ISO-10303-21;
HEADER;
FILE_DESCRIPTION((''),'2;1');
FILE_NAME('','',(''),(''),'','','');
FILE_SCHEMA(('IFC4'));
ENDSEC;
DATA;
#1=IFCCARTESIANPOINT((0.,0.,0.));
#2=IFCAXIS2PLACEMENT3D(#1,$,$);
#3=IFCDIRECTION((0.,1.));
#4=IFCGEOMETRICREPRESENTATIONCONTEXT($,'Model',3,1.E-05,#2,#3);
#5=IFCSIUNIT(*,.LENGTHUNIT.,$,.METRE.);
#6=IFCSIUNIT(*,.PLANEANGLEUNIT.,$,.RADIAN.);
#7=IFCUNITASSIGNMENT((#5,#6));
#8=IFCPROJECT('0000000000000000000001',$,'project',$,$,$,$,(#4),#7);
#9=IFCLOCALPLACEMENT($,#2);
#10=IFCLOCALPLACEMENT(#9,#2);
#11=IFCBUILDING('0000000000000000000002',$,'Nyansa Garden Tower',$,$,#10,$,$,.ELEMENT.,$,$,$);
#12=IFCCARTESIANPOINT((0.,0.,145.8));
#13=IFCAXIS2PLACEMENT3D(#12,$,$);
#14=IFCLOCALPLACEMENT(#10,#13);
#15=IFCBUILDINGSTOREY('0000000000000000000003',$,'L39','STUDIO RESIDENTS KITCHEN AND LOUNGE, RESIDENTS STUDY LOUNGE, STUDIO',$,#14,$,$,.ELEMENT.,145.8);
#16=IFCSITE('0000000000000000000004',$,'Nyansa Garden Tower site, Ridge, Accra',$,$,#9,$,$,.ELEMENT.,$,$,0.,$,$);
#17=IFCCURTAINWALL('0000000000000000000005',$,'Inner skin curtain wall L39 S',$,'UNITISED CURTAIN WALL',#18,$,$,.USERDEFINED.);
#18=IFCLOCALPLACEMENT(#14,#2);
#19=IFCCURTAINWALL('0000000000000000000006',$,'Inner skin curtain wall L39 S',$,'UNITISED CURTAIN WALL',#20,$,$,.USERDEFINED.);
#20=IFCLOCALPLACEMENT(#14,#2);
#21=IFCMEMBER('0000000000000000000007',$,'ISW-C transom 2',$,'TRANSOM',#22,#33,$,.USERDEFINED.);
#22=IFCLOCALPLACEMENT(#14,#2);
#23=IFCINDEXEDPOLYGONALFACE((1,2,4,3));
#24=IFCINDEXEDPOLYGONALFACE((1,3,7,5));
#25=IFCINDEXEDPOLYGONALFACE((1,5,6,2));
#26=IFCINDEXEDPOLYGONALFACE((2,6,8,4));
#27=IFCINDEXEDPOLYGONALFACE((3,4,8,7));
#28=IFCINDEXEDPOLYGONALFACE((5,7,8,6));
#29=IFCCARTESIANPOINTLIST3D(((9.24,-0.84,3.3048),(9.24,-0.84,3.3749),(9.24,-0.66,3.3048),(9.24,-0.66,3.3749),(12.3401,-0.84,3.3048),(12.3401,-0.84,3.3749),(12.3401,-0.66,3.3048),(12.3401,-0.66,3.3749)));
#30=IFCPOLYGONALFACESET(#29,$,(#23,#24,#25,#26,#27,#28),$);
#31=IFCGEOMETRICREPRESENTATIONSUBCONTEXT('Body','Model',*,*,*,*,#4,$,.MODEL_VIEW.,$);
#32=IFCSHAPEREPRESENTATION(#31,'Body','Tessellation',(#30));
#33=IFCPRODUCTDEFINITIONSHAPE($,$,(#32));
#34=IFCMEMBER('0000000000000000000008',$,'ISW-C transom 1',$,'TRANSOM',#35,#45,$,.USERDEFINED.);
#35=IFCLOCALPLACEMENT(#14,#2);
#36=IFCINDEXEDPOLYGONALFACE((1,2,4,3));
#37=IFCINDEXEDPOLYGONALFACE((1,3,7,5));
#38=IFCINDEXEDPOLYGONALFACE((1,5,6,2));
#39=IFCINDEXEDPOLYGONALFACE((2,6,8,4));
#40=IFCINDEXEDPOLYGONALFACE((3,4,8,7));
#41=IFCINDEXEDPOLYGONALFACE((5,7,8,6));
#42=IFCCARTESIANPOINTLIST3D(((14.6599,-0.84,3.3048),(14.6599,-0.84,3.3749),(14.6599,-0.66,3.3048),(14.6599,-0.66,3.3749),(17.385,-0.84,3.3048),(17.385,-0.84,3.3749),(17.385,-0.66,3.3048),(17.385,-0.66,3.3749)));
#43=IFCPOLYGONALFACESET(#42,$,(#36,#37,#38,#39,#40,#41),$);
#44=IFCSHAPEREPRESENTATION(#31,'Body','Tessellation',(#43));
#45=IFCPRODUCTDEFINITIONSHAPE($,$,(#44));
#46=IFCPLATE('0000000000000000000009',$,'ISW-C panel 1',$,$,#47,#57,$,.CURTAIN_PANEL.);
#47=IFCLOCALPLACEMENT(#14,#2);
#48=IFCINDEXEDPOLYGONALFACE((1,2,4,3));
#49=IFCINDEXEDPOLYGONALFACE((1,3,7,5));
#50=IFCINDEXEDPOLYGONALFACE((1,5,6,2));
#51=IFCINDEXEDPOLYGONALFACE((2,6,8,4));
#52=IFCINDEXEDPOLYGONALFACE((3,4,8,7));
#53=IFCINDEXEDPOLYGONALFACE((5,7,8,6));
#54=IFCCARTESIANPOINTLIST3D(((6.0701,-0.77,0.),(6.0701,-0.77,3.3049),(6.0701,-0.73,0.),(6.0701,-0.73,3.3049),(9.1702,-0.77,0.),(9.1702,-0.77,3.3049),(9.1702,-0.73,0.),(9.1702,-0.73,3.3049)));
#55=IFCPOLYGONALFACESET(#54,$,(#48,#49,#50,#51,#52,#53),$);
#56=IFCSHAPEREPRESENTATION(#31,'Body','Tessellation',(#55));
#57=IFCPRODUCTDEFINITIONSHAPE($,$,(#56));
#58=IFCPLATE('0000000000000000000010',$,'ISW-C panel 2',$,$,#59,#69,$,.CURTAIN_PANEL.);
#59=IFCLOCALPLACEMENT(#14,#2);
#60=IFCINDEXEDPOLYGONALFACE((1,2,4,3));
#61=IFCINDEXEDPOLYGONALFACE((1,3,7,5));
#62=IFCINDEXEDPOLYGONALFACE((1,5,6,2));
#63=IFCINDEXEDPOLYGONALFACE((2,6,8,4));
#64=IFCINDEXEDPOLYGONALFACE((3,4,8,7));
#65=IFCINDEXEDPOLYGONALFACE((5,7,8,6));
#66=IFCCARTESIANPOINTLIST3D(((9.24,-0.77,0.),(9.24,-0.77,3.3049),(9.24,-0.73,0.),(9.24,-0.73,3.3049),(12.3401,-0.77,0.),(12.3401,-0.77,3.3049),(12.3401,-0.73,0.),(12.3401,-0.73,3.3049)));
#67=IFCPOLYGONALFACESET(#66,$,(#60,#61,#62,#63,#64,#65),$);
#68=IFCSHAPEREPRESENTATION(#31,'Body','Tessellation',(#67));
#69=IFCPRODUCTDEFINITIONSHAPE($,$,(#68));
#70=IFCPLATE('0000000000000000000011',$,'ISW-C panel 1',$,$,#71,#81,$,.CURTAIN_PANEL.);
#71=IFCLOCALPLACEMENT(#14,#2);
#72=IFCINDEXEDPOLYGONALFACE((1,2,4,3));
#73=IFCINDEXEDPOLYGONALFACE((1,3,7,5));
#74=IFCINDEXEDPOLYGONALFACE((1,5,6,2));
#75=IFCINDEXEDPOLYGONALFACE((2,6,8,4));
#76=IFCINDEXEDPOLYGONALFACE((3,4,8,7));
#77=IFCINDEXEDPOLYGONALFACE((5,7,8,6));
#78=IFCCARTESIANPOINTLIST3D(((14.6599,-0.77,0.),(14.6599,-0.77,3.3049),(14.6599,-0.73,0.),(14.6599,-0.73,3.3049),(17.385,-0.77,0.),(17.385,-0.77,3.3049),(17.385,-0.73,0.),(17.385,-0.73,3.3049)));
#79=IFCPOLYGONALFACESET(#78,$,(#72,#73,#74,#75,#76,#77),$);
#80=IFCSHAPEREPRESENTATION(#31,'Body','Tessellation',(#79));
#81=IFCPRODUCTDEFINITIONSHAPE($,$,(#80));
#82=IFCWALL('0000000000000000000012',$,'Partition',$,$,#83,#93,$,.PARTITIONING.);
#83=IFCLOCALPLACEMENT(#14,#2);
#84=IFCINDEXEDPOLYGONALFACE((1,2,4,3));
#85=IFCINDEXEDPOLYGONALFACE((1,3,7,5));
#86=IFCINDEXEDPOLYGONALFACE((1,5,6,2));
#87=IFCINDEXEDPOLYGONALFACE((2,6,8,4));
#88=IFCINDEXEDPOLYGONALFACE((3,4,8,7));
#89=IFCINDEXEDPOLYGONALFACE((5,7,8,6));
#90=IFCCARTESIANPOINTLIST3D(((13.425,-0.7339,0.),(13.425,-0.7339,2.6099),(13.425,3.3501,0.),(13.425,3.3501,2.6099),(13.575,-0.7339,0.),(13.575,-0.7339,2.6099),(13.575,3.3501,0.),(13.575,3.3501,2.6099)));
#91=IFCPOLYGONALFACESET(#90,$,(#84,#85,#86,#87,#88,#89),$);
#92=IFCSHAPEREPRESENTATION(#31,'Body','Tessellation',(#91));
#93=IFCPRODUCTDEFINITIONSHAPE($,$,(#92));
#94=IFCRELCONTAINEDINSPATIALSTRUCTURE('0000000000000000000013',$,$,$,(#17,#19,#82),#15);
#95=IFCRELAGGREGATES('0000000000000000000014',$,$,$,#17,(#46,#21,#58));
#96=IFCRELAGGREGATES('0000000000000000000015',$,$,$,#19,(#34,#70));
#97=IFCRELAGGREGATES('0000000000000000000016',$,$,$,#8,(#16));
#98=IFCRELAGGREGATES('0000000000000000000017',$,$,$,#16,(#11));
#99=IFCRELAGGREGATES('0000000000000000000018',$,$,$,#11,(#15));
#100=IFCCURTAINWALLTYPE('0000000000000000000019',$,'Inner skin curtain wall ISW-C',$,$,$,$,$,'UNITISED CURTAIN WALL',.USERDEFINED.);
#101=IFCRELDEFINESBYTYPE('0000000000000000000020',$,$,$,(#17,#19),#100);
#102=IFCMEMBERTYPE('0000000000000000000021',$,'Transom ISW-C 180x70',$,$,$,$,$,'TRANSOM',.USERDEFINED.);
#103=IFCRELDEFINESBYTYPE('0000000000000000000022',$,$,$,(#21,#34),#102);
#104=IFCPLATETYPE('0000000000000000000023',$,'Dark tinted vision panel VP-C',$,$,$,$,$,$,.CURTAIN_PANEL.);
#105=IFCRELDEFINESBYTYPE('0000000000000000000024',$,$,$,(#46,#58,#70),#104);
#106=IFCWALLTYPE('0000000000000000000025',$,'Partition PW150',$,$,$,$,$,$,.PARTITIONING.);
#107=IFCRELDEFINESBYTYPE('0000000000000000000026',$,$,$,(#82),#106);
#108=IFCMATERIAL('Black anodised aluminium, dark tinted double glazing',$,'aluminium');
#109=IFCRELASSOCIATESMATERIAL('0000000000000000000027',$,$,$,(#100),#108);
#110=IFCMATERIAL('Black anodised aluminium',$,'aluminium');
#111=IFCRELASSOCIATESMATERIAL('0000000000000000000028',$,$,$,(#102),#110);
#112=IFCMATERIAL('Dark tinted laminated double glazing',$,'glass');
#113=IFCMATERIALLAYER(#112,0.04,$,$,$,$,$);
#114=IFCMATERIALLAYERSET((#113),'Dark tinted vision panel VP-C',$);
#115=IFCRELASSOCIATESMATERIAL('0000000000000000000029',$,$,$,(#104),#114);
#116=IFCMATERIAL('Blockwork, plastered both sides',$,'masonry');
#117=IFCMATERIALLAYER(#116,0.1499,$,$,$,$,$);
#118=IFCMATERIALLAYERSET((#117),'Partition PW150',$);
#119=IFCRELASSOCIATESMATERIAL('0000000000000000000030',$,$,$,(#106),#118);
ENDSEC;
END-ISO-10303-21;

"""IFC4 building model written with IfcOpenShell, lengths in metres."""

from ifc_helpers import new_model, si_unit, direction, frame, frame_2d, origin, origin_2d, place, context, subcontext, project, spatial, rectangle, extrude, material, layer, layer_set, material_profile, profile_set, type_object, element, aggregate, save


model = new_model("IFC4")

# Units and contexts
model_context = context("Model", 3, precision=1e-05, world=origin(), true_north=direction((0.0, 1.0)))
body_context = subcontext(model_context, "Body", "Model", "MODEL_VIEW")
ifc_project = project(units=[si_unit("LENGTHUNIT", "METRE"), si_unit("PLANEANGLEUNIT", "RADIAN")], contexts=[model_context])

# Site, building, storey
site_placement = place(None, origin())
site = spatial("IfcSite", under=ifc_project, at=site_placement, Name="Nyansa Garden Tower site, Ridge, Accra", CompositionType="ELEMENT", RefElevation=0.0)
building_placement = place(site_placement, origin())
building = spatial("IfcBuilding", under=site, at=building_placement, Name="Nyansa Garden Tower", CompositionType="ELEMENT")
storey_placement = place(building_placement, frame((0.0, 0.0, 145.8)))
storey = spatial("IfcBuildingStorey", under=building, at=storey_placement, Name="L39", Description="STUDIO RESIDENTS KITCHEN AND LOUNGE, RESIDENTS STUDY LOUNGE, STUDIO", CompositionType="ELEMENT", Elevation=145.8)

# Curtain wall
ifc_material_1 = material(Name="Black anodised aluminium, dark tinted double glazing", Category="aluminium")
curtain_wall_type = type_object("IfcCurtainWallType", Name="Inner skin curtain wall ISW-C", ElementType="UNITISED CURTAIN WALL", PredefinedType="USERDEFINED", material=ifc_material_1)
curtain_wall_1_placement = place(storey_placement, origin())
curtain_wall_1 = element("IfcCurtainWall", 1, at=curtain_wall_1_placement, inside=storey, type_object=curtain_wall_type, Name="Inner skin curtain wall L39 S", ObjectType="UNITISED CURTAIN WALL", PredefinedType="USERDEFINED")

# Curtain wall
curtain_wall_2_placement = place(storey_placement, origin())
curtain_wall_2 = element("IfcCurtainWall", 2, at=curtain_wall_2_placement, inside=storey, type_object=curtain_wall_type, Name="Inner skin curtain wall L39 S", ObjectType="UNITISED CURTAIN WALL", PredefinedType="USERDEFINED")

# Members
ifc_material_2 = material(Name="Black anodised aluminium", Category="aluminium")
ifc_material_profile_1 = material_profile(ifc_material_2, rectangle(XDim=0.1799, YDim=0.0701, at=origin_2d()), Name="Transom 180x70")
ifc_profile_set_1 = profile_set([ifc_material_profile_1], Name="Black anodised aluminium")
member_type_1 = type_object("IfcMemberType", Name="Transom ISW-C 180x70", ElementType="TRANSOM", PredefinedType="USERDEFINED", material=ifc_profile_set_1)
member_1_placement = place(storey_placement, frame((9.24, -0.75, 3.3398), z_axis=(1.0, 0.0, 0.0), x_axis=(0.0, 1.0, 0.0)))
member_1 = element("IfcMember", 3, at=member_1_placement, type_object=member_type_1, Name="ISW-C transom 2", ObjectType="TRANSOM", PredefinedType="USERDEFINED", context=body_context, shape_type="SweptSolid", body=[
    extrude(rectangle(XDim=0.1799, YDim=0.0701, at=origin_2d()), origin(), (0.0, 0.0, 1.0), 3.1001),
])
member_2_placement = place(storey_placement, frame((14.6599, -0.75, 3.3398), z_axis=(1.0, 0.0, 0.0), x_axis=(0.0, 1.0, 0.0)))
member_2 = element("IfcMember", 4, at=member_2_placement, type_object=member_type_1, Name="ISW-C transom 1", ObjectType="TRANSOM", PredefinedType="USERDEFINED", context=body_context, shape_type="SweptSolid", body=[
    extrude(rectangle(XDim=0.1799, YDim=0.0701, at=origin_2d()), origin(), (0.0, 0.0, 1.0), 2.7251),
])

# Plates
ifc_material_3 = material(Name="Dark tinted laminated double glazing", Category="glass")
ifc_layer_1 = layer(ifc_material_3, 0.04)
ifc_layer_set_1 = layer_set([ifc_layer_1], Name="Dark tinted vision panel VP-C")
plate_type = type_object("IfcPlateType", Name="Dark tinted vision panel VP-C", PredefinedType="CURTAIN_PANEL", material=ifc_layer_set_1)
plate_1_placement = place(storey_placement, frame((7.6201, -0.75, 0.0), z_axis=(0.0, 0.0, 1.0), x_axis=(1.0, 0.0, 0.0)))
plate_1 = element("IfcPlate", 5, at=plate_1_placement, type_object=plate_type, Name="ISW-C panel 1", PredefinedType="CURTAIN_PANEL", context=body_context, shape_type="SweptSolid", body=[
    extrude(rectangle(XDim=3.1001, YDim=0.04, at=origin_2d()), origin(), (0.0, 0.0, 1.0), 3.3049),
])
plate_2_placement = place(storey_placement, frame((10.79, -0.75, 0.0), z_axis=(0.0, 0.0, 1.0), x_axis=(1.0, 0.0, 0.0)))
plate_2 = element("IfcPlate", 6, at=plate_2_placement, type_object=plate_type, Name="ISW-C panel 2", PredefinedType="CURTAIN_PANEL", context=body_context, shape_type="SweptSolid", body=[
    extrude(rectangle(XDim=3.1001, YDim=0.04, at=origin_2d()), origin(), (0.0, 0.0, 1.0), 3.3049),
])
aggregate(curtain_wall_1, [plate_1, member_1, plate_2])
plate_3_placement = place(storey_placement, frame((16.0225, -0.75, 0.0), z_axis=(0.0, 0.0, 1.0), x_axis=(1.0, 0.0, 0.0)))
plate_3 = element("IfcPlate", 7, at=plate_3_placement, type_object=plate_type, Name="ISW-C panel 1", PredefinedType="CURTAIN_PANEL", context=body_context, shape_type="SweptSolid", body=[
    extrude(rectangle(XDim=2.7251, YDim=0.04, at=origin_2d()), origin(), (0.0, 0.0, 1.0), 3.3049),
])
aggregate(curtain_wall_2, [member_2, plate_3])

# Wall
ifc_material_4 = material(Name="Blockwork, plastered both sides", Category="masonry")
ifc_layer_2 = layer(ifc_material_4, 0.1499)
ifc_layer_set_2 = layer_set([ifc_layer_2], Name="Partition PW150")
wall_type = type_object("IfcWallType", Name="Partition PW150", PredefinedType="PARTITIONING", material=ifc_layer_set_2)
wall_placement = place(storey_placement, frame((13.5, -0.7339, 0.0), z_axis=(0.0, 0.0, 1.0), x_axis=(0.0, 1.0, 0.0)))
element("IfcWall", 8, at=wall_placement, inside=storey, type_object=wall_type, Name="Partition", PredefinedType="PARTITIONING", context=body_context, shape_type="SweptSolid", body=[
    extrude(rectangle(XDim=4.084, YDim=0.1499, at=frame_2d((2.042, 0.0))), origin(), (0.0, 0.0, 1.0), 2.6099),
])

save(model, "model.ifc")
